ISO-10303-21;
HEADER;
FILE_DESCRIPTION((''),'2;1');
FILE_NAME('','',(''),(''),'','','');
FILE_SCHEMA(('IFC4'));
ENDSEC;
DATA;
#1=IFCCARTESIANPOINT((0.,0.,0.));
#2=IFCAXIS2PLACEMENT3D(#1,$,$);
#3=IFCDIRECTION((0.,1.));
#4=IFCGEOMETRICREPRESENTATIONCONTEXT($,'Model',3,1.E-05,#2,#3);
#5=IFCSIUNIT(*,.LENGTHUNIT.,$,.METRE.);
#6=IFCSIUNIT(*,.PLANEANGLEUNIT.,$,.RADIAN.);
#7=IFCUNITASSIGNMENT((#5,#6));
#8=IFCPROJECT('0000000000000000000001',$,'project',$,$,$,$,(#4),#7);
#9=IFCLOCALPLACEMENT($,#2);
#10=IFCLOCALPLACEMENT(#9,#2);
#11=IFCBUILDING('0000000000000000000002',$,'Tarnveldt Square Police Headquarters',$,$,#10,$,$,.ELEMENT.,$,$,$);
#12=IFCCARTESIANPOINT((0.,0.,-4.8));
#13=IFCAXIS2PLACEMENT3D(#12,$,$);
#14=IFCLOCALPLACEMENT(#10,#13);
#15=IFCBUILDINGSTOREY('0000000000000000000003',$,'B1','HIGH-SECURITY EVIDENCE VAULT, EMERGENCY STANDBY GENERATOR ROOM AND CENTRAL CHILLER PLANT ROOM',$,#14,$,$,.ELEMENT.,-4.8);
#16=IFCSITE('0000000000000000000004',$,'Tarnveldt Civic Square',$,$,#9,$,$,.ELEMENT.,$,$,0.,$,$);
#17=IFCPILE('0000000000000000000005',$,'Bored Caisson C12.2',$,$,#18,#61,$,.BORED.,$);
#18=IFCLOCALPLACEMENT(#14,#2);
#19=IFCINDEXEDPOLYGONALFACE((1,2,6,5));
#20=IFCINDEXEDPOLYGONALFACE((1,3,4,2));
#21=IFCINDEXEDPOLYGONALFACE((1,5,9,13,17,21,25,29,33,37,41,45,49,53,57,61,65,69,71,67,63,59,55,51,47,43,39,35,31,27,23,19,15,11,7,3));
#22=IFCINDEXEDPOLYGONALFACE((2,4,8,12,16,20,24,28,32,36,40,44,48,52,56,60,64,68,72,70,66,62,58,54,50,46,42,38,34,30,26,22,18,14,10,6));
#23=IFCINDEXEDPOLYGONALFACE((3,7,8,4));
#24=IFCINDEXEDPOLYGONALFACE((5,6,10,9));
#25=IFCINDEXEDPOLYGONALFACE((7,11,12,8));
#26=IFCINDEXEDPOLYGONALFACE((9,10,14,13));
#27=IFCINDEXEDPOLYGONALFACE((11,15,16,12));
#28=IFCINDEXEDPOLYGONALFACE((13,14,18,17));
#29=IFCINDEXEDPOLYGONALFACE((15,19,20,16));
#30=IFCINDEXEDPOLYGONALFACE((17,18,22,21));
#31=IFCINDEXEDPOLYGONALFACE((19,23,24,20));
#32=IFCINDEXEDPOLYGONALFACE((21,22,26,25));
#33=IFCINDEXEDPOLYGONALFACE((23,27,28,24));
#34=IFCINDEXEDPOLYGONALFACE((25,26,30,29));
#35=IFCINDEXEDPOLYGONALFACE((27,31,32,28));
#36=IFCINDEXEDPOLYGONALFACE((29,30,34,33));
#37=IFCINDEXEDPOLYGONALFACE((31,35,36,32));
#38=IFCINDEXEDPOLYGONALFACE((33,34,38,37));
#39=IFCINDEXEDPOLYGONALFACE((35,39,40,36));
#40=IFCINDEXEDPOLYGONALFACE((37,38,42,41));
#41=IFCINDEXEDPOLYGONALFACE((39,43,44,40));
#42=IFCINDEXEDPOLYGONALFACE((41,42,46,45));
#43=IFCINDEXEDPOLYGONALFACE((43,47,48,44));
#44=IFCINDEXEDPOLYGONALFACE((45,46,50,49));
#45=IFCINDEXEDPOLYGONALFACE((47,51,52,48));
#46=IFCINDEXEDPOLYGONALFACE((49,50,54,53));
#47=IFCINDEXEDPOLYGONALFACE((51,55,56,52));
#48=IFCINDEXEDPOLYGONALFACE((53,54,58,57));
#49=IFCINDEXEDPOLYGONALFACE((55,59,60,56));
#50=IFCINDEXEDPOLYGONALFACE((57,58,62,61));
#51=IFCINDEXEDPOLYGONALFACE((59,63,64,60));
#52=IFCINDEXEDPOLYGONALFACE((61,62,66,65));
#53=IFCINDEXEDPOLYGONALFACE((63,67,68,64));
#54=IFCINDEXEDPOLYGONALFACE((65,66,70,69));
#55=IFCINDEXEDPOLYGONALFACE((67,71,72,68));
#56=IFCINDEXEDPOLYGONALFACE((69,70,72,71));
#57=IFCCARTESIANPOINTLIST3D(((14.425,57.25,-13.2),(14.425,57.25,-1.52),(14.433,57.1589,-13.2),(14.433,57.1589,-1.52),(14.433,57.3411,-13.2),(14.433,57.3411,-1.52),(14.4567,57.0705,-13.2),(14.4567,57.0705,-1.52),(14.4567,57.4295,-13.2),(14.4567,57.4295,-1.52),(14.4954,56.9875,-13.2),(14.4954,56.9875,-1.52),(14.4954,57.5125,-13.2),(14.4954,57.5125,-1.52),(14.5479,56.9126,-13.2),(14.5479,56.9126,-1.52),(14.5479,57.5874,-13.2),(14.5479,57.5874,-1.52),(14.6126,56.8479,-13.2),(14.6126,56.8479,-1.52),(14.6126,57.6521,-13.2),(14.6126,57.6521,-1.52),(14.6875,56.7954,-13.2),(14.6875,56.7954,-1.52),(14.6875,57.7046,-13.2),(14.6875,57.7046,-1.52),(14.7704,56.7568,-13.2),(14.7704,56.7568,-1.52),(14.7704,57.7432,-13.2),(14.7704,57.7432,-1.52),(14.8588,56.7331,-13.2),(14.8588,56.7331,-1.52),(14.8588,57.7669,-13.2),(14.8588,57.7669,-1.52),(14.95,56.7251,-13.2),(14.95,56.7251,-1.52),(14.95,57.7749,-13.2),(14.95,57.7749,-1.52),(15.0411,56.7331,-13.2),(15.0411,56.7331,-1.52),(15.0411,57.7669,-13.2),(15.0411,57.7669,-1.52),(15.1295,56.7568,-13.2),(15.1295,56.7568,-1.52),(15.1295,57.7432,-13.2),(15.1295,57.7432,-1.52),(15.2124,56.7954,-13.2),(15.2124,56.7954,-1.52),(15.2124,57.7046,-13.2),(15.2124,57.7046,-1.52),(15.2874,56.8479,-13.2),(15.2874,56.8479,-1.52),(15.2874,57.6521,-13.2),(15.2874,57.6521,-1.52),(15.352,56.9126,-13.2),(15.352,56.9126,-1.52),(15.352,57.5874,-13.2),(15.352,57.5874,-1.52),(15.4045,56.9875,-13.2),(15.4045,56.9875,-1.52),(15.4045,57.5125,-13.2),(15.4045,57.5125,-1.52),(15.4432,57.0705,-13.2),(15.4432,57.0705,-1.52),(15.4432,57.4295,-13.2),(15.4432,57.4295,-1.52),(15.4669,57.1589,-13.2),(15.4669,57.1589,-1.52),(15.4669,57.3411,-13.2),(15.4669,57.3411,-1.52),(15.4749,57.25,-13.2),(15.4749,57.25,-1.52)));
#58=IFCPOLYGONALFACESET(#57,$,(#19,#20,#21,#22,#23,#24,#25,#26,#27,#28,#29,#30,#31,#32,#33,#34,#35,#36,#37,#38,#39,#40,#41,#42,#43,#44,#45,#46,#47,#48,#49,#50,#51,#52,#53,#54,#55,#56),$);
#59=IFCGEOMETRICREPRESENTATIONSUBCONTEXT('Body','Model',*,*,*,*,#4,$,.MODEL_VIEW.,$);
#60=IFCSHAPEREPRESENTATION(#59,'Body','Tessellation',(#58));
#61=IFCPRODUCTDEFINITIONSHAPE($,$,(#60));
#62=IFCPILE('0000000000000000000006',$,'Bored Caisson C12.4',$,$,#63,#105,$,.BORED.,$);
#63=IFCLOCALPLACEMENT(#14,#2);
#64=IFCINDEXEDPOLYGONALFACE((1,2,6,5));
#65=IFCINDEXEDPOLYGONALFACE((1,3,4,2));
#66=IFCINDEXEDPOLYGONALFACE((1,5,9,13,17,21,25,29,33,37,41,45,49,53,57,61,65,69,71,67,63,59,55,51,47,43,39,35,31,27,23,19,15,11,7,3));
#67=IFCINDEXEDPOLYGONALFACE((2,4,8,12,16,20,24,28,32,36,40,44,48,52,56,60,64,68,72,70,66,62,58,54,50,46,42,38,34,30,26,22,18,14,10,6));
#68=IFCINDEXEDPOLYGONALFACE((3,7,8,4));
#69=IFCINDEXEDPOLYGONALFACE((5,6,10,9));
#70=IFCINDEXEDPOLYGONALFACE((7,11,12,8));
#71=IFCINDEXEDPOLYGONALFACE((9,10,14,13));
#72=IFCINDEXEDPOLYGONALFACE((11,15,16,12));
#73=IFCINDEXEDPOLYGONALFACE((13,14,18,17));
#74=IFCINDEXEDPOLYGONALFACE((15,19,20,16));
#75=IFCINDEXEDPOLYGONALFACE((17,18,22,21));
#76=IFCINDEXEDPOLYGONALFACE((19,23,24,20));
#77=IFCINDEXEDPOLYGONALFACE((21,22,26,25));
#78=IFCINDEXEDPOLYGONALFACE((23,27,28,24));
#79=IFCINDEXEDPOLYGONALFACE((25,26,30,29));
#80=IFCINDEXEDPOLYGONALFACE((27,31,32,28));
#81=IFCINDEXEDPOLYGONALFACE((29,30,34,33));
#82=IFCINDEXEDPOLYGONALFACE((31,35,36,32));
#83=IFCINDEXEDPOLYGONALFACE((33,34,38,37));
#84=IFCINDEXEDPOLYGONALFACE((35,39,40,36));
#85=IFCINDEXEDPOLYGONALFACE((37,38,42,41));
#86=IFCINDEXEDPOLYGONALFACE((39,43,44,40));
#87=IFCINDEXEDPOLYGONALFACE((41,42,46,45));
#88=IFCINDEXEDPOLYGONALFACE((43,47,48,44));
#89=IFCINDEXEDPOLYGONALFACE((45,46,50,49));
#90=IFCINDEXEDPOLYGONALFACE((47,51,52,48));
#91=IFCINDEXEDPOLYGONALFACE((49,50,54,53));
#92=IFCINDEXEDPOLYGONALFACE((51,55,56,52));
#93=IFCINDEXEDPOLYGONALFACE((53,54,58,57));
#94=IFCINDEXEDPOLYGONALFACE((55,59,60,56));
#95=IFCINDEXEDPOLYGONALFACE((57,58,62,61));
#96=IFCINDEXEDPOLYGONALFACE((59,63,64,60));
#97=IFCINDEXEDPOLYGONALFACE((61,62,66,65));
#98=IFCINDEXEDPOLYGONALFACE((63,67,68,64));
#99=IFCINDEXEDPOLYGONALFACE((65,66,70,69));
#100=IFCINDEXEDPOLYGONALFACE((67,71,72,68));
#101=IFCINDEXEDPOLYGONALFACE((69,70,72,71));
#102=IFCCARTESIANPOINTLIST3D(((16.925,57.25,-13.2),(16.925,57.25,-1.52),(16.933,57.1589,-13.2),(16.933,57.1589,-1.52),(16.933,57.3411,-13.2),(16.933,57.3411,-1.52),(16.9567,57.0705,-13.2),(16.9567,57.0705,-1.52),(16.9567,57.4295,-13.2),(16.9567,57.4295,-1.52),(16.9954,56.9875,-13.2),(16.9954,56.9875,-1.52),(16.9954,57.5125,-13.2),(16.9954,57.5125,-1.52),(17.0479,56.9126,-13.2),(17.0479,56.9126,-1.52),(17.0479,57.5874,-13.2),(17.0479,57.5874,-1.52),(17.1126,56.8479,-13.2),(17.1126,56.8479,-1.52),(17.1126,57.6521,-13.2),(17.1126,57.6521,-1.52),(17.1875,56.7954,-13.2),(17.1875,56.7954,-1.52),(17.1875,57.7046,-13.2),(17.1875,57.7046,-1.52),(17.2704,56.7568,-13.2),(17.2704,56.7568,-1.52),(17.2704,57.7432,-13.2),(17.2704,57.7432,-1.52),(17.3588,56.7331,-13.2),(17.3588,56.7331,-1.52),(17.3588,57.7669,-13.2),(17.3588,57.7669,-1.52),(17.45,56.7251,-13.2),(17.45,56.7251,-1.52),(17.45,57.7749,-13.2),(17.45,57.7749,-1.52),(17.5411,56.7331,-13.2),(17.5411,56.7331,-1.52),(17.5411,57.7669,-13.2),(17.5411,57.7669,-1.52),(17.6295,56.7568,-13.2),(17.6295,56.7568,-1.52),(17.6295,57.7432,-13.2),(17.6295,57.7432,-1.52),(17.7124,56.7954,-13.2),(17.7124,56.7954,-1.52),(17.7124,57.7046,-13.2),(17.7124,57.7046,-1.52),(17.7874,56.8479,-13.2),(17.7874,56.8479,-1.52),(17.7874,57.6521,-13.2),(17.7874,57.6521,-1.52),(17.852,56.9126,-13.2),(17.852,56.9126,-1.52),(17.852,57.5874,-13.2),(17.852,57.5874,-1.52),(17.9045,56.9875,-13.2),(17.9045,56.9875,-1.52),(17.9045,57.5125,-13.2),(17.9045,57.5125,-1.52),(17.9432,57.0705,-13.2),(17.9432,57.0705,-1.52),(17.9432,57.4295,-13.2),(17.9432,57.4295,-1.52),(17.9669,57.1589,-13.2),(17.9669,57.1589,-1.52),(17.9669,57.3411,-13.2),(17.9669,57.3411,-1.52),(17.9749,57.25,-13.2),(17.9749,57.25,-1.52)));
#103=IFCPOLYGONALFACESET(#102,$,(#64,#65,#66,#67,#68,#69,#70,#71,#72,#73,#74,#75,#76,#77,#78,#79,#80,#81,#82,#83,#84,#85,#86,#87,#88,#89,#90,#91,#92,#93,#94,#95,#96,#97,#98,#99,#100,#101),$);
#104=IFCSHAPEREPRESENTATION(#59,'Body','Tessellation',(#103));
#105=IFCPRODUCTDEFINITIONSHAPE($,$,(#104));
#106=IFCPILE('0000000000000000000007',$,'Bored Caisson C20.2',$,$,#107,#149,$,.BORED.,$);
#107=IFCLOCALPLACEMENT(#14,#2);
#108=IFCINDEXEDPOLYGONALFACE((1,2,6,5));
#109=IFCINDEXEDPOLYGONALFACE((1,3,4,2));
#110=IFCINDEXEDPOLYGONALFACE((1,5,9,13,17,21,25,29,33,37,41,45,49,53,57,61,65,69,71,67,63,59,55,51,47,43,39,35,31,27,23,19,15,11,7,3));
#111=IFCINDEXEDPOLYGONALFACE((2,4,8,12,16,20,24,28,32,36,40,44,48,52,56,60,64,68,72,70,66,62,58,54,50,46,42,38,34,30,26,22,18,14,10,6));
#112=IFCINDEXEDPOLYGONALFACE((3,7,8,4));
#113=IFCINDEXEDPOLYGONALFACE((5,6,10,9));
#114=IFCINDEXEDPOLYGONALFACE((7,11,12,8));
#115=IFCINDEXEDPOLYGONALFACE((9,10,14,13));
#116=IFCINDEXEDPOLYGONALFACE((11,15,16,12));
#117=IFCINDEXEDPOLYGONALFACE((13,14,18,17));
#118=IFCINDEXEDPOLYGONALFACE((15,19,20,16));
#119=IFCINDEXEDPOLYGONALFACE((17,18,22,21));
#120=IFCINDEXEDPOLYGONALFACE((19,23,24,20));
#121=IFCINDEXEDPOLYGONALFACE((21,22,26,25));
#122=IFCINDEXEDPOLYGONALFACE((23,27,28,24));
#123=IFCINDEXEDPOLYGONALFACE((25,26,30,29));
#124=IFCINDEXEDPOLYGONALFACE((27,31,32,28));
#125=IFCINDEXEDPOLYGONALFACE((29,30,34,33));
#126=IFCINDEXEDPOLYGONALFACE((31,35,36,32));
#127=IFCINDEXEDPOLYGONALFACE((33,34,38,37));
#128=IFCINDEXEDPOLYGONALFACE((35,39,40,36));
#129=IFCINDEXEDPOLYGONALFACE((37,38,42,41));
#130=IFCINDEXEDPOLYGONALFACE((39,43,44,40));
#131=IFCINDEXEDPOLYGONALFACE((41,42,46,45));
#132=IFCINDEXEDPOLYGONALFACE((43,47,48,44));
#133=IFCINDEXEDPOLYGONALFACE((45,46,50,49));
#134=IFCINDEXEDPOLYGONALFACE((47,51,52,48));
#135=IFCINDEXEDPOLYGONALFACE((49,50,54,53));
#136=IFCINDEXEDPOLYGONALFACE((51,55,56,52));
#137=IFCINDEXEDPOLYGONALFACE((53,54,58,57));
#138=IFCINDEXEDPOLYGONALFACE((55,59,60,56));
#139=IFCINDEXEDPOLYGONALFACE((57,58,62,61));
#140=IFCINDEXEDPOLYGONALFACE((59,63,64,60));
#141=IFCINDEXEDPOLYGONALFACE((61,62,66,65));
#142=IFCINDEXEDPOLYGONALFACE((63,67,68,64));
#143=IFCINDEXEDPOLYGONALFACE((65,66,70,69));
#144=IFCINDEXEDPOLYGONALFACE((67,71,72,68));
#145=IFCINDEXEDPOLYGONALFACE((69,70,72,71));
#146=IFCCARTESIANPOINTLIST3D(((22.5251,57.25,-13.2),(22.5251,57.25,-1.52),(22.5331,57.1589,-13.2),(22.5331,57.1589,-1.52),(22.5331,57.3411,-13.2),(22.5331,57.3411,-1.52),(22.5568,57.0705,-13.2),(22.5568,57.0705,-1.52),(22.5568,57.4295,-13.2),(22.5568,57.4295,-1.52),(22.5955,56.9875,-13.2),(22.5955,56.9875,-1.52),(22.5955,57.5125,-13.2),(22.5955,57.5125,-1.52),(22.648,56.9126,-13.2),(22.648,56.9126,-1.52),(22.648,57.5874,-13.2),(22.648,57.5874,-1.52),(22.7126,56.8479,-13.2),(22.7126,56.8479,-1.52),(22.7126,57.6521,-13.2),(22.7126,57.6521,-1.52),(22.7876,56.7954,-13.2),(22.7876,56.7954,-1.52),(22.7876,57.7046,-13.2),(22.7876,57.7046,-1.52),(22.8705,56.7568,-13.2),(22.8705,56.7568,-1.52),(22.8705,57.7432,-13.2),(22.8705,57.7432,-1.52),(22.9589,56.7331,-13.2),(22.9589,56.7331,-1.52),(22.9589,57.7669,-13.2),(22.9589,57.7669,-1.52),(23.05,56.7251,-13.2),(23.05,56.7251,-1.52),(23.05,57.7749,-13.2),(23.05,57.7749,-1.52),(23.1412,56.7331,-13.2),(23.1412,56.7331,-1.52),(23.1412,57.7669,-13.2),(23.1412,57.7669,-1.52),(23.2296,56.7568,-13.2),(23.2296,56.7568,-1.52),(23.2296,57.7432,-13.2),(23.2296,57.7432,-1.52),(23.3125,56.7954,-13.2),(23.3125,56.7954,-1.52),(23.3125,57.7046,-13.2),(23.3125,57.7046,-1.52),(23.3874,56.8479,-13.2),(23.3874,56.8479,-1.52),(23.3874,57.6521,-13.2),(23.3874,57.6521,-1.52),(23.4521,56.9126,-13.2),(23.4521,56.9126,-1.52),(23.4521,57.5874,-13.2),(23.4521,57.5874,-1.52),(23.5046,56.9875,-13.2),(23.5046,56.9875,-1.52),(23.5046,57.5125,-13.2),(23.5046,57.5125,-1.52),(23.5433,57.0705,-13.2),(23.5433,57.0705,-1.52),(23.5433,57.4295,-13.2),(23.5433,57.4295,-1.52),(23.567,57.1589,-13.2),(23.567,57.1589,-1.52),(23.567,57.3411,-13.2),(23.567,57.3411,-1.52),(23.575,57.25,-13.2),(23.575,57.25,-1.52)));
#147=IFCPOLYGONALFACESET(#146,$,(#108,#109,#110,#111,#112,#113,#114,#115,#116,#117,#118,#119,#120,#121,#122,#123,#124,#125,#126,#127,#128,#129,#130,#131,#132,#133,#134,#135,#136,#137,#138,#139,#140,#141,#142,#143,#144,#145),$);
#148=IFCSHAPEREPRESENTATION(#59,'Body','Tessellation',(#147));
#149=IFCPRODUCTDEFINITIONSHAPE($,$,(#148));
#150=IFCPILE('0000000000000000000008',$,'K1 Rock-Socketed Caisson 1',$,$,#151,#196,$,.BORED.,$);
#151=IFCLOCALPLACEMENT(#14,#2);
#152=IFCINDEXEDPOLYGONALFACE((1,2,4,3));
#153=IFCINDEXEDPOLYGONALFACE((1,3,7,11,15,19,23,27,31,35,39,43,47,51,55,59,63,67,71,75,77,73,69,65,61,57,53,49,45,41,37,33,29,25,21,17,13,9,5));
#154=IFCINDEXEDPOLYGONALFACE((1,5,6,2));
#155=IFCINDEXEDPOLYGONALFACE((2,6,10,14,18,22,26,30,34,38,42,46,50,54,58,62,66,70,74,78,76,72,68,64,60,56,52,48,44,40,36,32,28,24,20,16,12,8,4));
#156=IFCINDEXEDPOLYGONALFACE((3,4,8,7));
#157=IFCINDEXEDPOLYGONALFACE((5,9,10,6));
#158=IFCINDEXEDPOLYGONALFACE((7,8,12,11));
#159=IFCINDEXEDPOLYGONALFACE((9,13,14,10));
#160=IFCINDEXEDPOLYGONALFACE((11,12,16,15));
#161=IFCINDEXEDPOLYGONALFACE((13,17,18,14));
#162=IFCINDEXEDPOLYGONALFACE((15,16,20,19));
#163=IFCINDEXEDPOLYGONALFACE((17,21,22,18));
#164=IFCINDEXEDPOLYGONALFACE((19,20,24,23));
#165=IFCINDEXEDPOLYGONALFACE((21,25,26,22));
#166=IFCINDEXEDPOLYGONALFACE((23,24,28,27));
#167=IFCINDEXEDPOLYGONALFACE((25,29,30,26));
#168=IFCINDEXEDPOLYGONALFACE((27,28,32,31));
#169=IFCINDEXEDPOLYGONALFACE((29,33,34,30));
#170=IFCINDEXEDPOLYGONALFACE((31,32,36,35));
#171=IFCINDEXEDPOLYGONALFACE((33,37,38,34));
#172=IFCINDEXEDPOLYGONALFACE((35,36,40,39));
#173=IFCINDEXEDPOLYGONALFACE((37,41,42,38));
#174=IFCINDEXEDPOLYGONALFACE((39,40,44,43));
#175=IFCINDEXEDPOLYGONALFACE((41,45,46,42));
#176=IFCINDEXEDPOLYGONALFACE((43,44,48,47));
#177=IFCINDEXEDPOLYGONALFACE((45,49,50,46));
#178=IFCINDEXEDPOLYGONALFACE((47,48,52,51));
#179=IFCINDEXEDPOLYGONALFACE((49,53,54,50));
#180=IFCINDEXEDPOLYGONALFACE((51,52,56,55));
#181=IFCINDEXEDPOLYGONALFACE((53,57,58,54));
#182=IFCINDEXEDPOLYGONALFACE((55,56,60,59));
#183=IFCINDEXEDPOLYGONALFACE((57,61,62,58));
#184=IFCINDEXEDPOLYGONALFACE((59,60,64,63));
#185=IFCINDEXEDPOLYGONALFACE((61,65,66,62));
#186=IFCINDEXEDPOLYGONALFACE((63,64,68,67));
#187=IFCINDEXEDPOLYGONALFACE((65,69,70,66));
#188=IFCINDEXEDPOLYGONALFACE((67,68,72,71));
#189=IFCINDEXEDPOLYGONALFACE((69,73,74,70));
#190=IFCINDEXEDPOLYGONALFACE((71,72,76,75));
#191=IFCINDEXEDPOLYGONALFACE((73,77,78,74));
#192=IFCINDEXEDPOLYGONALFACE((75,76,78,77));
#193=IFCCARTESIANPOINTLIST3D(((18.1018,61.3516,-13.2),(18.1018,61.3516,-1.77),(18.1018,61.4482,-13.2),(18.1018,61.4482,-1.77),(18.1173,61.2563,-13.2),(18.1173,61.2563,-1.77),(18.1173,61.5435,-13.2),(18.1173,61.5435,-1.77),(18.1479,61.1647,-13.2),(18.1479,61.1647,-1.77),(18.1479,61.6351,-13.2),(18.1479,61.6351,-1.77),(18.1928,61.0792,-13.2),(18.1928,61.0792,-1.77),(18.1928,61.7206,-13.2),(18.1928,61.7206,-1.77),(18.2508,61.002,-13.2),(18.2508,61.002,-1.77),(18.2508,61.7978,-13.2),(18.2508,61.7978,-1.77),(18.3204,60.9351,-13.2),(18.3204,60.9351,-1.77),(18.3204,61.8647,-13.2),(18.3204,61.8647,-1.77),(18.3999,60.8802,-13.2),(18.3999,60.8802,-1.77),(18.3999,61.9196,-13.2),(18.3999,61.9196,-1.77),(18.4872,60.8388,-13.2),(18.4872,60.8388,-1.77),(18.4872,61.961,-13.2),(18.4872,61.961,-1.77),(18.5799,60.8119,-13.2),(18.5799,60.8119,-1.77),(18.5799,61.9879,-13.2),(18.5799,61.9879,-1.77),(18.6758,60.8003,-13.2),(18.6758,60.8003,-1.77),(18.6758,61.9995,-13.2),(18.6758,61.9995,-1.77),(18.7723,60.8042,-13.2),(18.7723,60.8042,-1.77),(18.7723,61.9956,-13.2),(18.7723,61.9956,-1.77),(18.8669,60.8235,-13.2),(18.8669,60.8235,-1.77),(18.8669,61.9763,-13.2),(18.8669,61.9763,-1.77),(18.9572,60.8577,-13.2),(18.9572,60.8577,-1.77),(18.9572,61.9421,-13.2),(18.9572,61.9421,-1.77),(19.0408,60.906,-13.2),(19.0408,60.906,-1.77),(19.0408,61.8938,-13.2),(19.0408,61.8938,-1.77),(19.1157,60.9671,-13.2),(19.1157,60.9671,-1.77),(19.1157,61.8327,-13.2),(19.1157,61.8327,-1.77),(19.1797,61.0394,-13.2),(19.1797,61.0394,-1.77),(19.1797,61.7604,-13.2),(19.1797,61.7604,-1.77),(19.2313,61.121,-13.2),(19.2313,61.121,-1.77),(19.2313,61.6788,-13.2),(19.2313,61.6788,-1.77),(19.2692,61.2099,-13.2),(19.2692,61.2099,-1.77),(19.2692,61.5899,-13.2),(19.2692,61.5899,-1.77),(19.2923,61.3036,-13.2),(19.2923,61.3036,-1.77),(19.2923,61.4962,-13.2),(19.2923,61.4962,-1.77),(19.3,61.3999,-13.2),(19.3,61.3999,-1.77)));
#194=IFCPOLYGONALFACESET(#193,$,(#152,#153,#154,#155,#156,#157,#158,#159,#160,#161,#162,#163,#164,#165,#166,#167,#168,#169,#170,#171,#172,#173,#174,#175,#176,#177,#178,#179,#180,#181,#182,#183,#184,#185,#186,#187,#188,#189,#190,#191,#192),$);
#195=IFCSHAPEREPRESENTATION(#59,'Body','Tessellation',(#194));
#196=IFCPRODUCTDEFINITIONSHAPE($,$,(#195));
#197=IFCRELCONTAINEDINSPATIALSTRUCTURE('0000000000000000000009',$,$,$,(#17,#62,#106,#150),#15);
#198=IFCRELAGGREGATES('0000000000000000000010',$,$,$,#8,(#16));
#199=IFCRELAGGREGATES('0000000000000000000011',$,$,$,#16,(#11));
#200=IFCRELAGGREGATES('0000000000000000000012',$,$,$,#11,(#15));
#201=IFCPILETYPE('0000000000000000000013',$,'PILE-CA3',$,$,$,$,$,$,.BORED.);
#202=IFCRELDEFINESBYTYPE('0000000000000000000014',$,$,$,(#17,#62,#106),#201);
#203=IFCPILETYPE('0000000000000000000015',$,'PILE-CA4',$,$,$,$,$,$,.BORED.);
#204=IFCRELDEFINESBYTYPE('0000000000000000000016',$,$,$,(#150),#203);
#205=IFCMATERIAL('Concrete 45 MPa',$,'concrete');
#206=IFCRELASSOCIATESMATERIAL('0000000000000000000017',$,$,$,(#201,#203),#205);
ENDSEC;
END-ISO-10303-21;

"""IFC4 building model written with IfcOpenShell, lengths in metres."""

from ifc_helpers import new_model, si_unit, direction, frame, origin, origin_2d, place, context, subcontext, project, spatial, circle, extrude, material, material_profile, profile_set, type_object, element, save


model = new_model("IFC4")

# Units and contexts
model_context = context("Model", 3, precision=1e-05, world=origin(), true_north=direction((0.0, 1.0)))
body_context = subcontext(model_context, "Body", "Model", "MODEL_VIEW")
ifc_project = project(units=[si_unit("LENGTHUNIT", "METRE"), si_unit("PLANEANGLEUNIT", "RADIAN")], contexts=[model_context])

# Site, building, storey
site_placement = place(None, origin())
site = spatial("IfcSite", under=ifc_project, at=site_placement, Name="Tarnveldt Civic Square", CompositionType="ELEMENT", RefElevation=0.0)
building_placement = place(site_placement, origin())
building = spatial("IfcBuilding", under=site, at=building_placement, Name="Tarnveldt Square Police Headquarters", CompositionType="ELEMENT")
storey_placement = place(building_placement, frame((0.0, 0.0, -4.8)))
storey = spatial("IfcBuildingStorey", under=building, at=storey_placement, Name="B1", Description="HIGH-SECURITY EVIDENCE VAULT, EMERGENCY STANDBY GENERATOR ROOM AND CENTRAL CHILLER PLANT ROOM", CompositionType="ELEMENT", Elevation=-4.8)

# Piles
ifc_material_1 = material(Name="Concrete 45 MPa", Category="concrete")
ifc_material_profile_1 = material_profile(ifc_material_1, circle(Radius=0.5249, at=origin_2d()), Name="CAISSON-D1050")
ifc_profile_set_1 = profile_set([ifc_material_profile_1], Name="Concrete 45 MPa")
pile_type_1 = type_object("IfcPileType", Name="PILE-CA3", PredefinedType="BORED", material=ifc_profile_set_1)
for number, where, z_axis, x_axis, name in (
    (1, (14.95, 57.25, -1.52), (0.0, 0.0, -1.0), (1.0, 0.0, 0.0), "Bored Caisson C12.2"),
    (2, (17.45, 57.25, -1.52), (0.0, 0.0, -1.0), (1.0, 0.0, 0.0), "Bored Caisson C12.4"),
    (3, (23.05, 57.25, -1.52), (0.0, 0.0, -1.0), (1.0, 0.0, 0.0), "Bored Caisson C20.2"),
):
    element("IfcPile", number, at=place(storey_placement, frame(where, z_axis=z_axis, x_axis=x_axis)), inside=storey, type_object=pile_type_1, Name=name, PredefinedType="BORED", context=body_context, shape_type="SweptSolid", body=[
        extrude(circle(Radius=0.5249, at=origin_2d()), origin(), (0.0, 0.0, 1.0), 11.6799),
    ])
ifc_material_profile_2 = material_profile(ifc_material_1, circle(Radius=0.6001, at=origin_2d()), Name="CAISSON-D1200")
ifc_profile_set_2 = profile_set([ifc_material_profile_2], Name="Concrete 45 MPa")
pile_type_2 = type_object("IfcPileType", Name="PILE-CA4", PredefinedType="BORED", material=ifc_profile_set_2)
for number, where, z_axis, x_axis, name in (
    (4, (18.7, 61.3999, -1.77), (0.0, 0.0, -1.0), (1.0, 0.0, 0.0), "K1 Rock-Socketed Caisson 1"),
):
    element("IfcPile", number, at=place(storey_placement, frame(where, z_axis=z_axis, x_axis=x_axis)), inside=storey, type_object=pile_type_2, Name=name, PredefinedType="BORED", context=body_context, shape_type="SweptSolid", body=[
        extrude(circle(Radius=0.6001, at=origin_2d()), origin(), (0.0, 0.0, 1.0), 11.4299),
    ])

save(model, "model.ifc")
